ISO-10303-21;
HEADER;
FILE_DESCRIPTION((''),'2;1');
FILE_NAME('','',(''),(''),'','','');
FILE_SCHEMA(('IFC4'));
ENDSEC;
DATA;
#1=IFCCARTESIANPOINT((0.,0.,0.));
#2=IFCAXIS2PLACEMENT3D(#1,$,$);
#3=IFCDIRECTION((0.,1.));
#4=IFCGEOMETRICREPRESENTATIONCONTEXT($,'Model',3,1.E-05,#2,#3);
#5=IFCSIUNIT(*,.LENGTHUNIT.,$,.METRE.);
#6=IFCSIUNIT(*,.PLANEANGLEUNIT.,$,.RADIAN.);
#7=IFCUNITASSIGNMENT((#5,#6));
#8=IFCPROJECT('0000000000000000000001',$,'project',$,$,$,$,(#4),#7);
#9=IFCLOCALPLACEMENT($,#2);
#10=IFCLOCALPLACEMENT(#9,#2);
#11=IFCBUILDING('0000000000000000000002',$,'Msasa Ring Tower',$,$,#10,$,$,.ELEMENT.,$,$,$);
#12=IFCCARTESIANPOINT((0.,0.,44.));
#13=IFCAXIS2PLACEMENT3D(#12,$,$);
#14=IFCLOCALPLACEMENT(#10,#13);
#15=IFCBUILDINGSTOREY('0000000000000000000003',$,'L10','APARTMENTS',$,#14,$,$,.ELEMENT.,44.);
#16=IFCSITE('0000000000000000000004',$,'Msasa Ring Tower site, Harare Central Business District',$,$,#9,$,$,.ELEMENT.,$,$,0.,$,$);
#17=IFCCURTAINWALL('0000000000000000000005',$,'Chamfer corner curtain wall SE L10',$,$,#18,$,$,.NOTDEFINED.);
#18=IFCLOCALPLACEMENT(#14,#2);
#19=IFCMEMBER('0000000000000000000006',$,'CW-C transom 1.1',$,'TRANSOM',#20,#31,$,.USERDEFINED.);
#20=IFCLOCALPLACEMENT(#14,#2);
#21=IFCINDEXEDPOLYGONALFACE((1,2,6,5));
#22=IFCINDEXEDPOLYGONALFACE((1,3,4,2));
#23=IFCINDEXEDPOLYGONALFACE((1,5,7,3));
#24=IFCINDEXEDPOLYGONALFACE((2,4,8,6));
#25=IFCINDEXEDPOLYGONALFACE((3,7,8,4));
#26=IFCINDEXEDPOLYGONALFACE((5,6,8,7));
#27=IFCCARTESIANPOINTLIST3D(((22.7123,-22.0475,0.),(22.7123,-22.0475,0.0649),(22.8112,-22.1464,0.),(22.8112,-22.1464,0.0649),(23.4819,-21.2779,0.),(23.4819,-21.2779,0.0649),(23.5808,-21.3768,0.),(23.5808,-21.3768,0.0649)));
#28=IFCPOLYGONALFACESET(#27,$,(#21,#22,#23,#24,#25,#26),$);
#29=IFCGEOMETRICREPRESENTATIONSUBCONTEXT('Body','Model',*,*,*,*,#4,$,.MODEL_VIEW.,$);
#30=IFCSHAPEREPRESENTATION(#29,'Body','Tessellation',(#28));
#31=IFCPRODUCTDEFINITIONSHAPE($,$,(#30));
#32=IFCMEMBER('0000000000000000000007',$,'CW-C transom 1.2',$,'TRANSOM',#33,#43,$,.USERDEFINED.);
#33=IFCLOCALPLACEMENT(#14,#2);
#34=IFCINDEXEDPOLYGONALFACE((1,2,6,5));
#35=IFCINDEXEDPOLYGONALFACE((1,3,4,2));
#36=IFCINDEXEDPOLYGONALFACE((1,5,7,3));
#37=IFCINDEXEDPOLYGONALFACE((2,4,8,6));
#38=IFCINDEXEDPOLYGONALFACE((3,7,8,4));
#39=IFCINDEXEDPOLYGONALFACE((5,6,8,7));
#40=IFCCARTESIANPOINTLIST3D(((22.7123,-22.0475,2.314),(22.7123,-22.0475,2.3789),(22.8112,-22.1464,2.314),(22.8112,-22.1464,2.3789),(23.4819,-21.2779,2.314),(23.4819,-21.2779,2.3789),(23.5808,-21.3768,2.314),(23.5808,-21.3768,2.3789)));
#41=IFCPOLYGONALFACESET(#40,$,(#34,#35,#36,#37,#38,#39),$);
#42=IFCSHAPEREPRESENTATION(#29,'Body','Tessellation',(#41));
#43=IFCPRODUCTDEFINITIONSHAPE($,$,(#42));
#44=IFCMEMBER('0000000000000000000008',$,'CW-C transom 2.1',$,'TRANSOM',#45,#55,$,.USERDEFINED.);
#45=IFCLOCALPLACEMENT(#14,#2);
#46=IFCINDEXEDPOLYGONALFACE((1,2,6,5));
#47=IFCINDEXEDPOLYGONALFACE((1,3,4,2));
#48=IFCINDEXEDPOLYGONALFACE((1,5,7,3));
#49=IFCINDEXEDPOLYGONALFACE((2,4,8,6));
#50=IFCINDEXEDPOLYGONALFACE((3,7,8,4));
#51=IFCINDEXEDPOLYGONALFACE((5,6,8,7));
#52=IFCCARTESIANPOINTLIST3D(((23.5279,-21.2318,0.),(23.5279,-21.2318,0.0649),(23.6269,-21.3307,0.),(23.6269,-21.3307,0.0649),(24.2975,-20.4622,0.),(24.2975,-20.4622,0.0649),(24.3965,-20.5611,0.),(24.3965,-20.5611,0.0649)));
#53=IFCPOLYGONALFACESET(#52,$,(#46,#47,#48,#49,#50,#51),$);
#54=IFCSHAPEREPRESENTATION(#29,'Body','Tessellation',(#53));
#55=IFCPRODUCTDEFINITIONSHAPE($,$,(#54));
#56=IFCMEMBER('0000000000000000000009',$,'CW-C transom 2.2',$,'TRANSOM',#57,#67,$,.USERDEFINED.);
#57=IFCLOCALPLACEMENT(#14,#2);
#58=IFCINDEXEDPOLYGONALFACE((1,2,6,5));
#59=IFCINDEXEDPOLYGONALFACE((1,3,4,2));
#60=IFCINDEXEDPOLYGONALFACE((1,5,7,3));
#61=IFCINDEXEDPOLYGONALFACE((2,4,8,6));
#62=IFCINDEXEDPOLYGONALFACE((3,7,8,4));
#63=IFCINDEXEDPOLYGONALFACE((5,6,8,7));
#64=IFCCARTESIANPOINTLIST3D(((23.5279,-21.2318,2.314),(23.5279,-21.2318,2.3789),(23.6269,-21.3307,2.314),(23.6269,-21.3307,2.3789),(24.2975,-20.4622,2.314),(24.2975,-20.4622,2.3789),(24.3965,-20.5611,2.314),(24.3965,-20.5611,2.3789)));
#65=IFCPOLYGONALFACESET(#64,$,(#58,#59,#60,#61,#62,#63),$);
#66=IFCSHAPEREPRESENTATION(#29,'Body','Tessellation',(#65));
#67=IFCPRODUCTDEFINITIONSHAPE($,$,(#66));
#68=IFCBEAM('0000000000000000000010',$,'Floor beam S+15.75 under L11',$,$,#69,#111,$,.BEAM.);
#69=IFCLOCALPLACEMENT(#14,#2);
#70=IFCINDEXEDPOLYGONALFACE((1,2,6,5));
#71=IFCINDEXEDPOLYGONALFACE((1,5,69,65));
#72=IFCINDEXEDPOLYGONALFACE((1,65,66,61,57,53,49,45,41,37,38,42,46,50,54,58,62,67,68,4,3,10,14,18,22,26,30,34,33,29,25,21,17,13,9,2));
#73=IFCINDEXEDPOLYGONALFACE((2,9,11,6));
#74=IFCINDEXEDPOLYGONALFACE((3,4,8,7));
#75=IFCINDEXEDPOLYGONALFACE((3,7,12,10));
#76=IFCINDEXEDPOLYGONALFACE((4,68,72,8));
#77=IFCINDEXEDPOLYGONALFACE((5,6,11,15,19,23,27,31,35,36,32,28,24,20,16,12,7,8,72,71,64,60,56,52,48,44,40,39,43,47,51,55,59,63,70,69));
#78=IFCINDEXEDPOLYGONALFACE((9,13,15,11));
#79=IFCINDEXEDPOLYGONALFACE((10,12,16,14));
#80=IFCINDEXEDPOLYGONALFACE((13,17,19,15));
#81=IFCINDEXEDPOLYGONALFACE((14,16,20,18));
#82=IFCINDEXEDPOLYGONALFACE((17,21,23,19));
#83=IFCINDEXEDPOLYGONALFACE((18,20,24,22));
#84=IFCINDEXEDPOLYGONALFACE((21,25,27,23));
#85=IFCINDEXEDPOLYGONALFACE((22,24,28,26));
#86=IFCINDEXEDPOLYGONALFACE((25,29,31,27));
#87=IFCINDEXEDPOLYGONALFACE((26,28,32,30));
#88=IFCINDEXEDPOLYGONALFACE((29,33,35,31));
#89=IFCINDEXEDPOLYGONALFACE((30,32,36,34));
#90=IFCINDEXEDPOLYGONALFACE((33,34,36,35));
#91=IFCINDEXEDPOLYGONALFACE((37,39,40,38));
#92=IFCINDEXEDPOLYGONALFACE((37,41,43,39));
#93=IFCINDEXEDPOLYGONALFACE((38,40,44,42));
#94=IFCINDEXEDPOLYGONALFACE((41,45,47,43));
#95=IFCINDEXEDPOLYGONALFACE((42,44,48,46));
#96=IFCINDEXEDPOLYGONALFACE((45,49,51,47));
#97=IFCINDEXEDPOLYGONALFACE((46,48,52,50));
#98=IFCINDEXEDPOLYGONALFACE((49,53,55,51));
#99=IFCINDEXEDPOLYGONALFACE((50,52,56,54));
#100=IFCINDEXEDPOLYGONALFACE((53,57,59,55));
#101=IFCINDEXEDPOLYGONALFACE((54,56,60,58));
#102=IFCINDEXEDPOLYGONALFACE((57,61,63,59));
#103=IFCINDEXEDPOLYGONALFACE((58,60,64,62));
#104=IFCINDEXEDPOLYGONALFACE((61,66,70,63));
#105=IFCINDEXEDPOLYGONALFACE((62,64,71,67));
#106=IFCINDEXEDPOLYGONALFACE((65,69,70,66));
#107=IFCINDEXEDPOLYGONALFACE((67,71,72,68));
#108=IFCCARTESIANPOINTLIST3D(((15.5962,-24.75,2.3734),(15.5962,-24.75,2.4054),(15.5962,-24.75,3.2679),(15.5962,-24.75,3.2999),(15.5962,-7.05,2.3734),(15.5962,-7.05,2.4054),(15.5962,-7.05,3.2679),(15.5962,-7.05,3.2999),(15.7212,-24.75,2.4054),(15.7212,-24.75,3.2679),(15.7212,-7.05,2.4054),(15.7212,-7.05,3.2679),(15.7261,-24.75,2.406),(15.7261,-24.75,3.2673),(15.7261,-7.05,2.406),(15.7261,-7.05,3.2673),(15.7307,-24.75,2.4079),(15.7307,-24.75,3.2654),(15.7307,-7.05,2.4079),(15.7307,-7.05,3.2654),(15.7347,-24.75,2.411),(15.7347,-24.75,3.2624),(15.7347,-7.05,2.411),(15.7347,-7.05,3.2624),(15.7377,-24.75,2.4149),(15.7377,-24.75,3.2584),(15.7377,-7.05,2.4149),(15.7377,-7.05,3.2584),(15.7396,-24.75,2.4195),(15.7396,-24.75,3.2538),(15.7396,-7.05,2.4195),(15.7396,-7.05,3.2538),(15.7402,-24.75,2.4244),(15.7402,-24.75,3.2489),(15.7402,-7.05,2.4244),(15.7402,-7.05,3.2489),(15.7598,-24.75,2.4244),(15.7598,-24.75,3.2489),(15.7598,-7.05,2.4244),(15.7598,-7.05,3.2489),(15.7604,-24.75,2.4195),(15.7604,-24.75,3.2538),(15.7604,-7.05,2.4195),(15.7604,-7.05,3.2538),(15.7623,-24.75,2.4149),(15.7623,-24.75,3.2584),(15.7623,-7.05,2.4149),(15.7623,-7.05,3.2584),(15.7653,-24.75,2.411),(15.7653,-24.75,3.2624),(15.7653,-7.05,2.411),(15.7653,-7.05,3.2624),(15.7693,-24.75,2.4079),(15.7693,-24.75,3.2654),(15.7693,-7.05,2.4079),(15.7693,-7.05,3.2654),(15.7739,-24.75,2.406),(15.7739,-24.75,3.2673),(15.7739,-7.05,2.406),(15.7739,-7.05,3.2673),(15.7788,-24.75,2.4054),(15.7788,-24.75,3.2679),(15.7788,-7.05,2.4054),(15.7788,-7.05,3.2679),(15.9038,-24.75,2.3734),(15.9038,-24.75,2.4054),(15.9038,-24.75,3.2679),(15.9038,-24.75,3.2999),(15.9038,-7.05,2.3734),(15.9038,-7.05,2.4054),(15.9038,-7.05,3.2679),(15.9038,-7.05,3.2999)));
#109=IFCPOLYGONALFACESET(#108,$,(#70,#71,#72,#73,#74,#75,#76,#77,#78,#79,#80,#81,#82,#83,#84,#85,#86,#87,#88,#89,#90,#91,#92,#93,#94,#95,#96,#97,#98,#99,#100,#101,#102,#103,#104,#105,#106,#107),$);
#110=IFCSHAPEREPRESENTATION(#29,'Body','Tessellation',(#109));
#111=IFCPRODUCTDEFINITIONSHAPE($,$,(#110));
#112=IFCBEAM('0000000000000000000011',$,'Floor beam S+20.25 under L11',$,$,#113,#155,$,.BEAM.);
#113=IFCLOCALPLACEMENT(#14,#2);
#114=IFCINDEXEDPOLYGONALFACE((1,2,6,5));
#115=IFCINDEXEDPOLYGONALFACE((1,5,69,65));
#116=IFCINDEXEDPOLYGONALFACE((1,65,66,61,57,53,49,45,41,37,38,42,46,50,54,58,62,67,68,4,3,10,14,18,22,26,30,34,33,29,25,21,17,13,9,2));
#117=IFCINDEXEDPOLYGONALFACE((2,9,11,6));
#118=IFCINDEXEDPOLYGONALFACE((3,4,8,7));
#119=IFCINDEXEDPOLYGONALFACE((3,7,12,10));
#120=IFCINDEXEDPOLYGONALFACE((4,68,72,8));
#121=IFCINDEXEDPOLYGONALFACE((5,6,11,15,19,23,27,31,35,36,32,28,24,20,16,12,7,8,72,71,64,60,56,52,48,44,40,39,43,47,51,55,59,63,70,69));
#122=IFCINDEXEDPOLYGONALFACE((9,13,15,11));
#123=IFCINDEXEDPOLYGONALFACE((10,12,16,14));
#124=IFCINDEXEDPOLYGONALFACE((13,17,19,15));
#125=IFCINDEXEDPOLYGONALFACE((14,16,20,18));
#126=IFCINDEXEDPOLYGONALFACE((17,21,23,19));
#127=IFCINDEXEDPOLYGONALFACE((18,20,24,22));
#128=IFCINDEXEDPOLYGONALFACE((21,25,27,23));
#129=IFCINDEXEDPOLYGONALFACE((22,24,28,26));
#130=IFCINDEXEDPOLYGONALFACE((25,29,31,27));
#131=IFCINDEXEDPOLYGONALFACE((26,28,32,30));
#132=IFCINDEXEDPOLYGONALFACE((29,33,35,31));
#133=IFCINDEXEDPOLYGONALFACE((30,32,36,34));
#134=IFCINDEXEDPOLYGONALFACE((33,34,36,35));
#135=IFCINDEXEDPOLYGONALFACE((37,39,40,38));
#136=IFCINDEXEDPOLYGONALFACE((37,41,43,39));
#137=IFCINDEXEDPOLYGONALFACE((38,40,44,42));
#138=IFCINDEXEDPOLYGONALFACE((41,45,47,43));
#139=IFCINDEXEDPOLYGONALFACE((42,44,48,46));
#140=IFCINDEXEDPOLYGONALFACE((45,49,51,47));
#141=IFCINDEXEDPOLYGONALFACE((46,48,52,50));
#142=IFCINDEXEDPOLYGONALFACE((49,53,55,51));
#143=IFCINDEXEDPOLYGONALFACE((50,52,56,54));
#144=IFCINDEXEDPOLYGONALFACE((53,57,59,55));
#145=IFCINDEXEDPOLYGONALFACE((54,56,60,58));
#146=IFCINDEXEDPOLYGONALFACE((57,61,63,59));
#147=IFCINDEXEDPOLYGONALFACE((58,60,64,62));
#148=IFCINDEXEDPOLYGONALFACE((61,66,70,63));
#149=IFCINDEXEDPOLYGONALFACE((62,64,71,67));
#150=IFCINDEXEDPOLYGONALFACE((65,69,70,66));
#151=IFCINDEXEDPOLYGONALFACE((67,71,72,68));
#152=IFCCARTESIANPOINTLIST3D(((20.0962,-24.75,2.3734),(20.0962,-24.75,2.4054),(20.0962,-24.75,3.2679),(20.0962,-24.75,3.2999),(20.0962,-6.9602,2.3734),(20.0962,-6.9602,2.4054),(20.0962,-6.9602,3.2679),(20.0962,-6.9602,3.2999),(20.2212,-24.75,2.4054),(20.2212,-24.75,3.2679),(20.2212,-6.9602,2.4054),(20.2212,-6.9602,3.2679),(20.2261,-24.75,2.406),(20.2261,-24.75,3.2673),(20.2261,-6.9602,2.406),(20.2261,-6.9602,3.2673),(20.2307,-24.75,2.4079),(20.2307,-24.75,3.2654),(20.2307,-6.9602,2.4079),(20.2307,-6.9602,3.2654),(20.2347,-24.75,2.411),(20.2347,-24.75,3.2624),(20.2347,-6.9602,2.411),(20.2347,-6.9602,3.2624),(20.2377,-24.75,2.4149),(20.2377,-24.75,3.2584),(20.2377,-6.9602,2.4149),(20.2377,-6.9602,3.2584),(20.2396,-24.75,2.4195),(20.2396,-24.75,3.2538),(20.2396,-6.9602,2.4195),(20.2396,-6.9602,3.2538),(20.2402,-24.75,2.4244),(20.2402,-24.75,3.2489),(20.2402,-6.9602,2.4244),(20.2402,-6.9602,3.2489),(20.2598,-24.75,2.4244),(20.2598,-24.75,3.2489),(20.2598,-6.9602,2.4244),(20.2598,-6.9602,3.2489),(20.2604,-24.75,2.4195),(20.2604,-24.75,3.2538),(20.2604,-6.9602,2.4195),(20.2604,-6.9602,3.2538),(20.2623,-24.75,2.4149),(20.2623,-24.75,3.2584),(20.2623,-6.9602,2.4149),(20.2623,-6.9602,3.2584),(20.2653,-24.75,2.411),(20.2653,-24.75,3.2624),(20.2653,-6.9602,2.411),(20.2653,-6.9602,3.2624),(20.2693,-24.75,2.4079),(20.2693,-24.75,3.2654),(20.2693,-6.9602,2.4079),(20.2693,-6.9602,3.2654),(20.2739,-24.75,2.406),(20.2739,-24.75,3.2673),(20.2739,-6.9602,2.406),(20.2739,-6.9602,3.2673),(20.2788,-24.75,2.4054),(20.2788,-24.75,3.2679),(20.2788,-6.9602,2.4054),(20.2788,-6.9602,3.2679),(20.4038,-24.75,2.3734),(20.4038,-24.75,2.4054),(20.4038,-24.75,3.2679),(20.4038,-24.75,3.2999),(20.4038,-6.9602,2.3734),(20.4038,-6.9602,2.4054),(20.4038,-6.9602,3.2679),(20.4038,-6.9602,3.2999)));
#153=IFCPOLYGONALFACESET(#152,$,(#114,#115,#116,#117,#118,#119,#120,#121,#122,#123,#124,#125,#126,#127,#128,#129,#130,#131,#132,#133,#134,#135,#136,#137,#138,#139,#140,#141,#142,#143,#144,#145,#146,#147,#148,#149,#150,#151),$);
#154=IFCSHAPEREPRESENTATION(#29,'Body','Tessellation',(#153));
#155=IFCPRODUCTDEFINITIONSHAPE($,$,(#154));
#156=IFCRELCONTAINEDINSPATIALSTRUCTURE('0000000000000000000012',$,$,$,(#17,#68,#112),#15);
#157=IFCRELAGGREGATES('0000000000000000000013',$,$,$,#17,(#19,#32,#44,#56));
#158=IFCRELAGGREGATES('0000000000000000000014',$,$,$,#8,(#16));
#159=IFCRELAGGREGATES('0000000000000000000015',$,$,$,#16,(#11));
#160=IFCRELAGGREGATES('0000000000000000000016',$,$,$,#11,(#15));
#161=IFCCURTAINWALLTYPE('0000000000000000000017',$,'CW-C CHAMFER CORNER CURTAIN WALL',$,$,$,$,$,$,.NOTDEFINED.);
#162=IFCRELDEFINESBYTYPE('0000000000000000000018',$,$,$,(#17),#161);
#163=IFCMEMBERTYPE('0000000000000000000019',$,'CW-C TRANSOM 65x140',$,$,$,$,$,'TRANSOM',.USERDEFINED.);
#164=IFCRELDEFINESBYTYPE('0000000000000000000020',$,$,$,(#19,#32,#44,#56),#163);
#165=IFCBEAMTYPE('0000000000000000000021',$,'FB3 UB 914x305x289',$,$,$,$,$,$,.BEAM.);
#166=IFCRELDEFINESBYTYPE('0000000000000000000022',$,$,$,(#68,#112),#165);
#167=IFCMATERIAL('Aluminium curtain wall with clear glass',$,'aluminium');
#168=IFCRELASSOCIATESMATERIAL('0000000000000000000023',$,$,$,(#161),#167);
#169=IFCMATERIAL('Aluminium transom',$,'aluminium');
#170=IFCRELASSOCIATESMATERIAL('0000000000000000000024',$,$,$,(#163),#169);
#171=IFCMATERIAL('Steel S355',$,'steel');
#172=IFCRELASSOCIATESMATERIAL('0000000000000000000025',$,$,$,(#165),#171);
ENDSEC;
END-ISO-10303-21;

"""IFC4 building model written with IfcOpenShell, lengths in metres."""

from ifc_helpers import new_model, si_unit, direction, frame, origin, origin_2d, place, context, subcontext, project, spatial, rectangle, i_section, extrude, material, material_profile, profile_set, type_object, element, aggregate, save


model = new_model("IFC4")

# Units and contexts
model_context = context("Model", 3, precision=1e-05, world=origin(), true_north=direction((0.0, 1.0)))
body_context = subcontext(model_context, "Body", "Model", "MODEL_VIEW")
ifc_project = project(units=[si_unit("LENGTHUNIT", "METRE"), si_unit("PLANEANGLEUNIT", "RADIAN")], contexts=[model_context])

# Site, building, storey
site_placement = place(None, origin())
site = spatial("IfcSite", under=ifc_project, at=site_placement, Name="Msasa Ring Tower site, Harare Central Business District", CompositionType="ELEMENT", RefElevation=0.0)
building_placement = place(site_placement, origin())
building = spatial("IfcBuilding", under=site, at=building_placement, Name="Msasa Ring Tower", CompositionType="ELEMENT")
storey_placement = place(building_placement, frame((0.0, 0.0, 44.0)))
storey = spatial("IfcBuildingStorey", under=building, at=storey_placement, Name="L10", Description="APARTMENTS", CompositionType="ELEMENT", Elevation=44.0)

# Curtain wall
ifc_material_1 = material(Name="Aluminium curtain wall with clear glass", Category="aluminium")
curtain_wall_type = type_object("IfcCurtainWallType", Name="CW-C CHAMFER CORNER CURTAIN WALL", PredefinedType="NOTDEFINED", material=ifc_material_1)
curtain_wall_1_placement = place(storey_placement, origin())
curtain_wall_1 = element("IfcCurtainWall", 1, at=curtain_wall_1_placement, inside=storey, type_object=curtain_wall_type, Name="Chamfer corner curtain wall SE L10", PredefinedType="NOTDEFINED")

# Members
ifc_material_2 = material(Name="Aluminium transom", Category="aluminium")
ifc_material_profile_1 = material_profile(ifc_material_2, rectangle(XDim=0.1399, YDim=0.0649, at=origin_2d()), Name="AL 65x140")
ifc_profile_set_1 = profile_set([ifc_material_profile_1], Name="Aluminium transom")
member_type_1 = type_object("IfcMemberType", Name="CW-C TRANSOM 65x140", ElementType="TRANSOM", PredefinedType="USERDEFINED", material=ifc_profile_set_1)
member_1_placement = place(storey_placement, frame((22.7617, -22.0969, 0.0325), z_axis=(0.707107, 0.707107, 0.0), x_axis=(-0.707107, 0.707107, 0.0)))
member_1 = element("IfcMember", 2, at=member_1_placement, type_object=member_type_1, Name="CW-C transom 1.1", ObjectType="TRANSOM", PredefinedType="USERDEFINED", context=body_context, shape_type="SweptSolid", body=[
    extrude(rectangle(XDim=0.1399, YDim=0.0649, at=origin_2d()), origin(), (0.0, 0.0, 1.0), 1.0884),
])
member_2_placement = place(storey_placement, frame((22.7617, -22.0969, 2.3464), z_axis=(0.707107, 0.707107, 0.0), x_axis=(-0.707107, 0.707107, 0.0)))
member_2 = element("IfcMember", 3, at=member_2_placement, type_object=member_type_1, Name="CW-C transom 1.2", ObjectType="TRANSOM", PredefinedType="USERDEFINED", context=body_context, shape_type="SweptSolid", body=[
    extrude(rectangle(XDim=0.1399, YDim=0.0649, at=origin_2d()), origin(), (0.0, 0.0, 1.0), 1.0884),
])
member_3_placement = place(storey_placement, frame((23.5774, -21.2812, 0.0325), z_axis=(0.707107, 0.707107, 0.0), x_axis=(-0.707107, 0.707107, 0.0)))
member_3 = element("IfcMember", 4, at=member_3_placement, type_object=member_type_1, Name="CW-C transom 2.1", ObjectType="TRANSOM", PredefinedType="USERDEFINED", context=body_context, shape_type="SweptSolid", body=[
    extrude(rectangle(XDim=0.1399, YDim=0.0649, at=origin_2d()), origin(), (0.0, 0.0, 1.0), 1.0884),
])
member_4_placement = place(storey_placement, frame((23.5774, -21.2812, 2.3464), z_axis=(0.707107, 0.707107, 0.0), x_axis=(-0.707107, 0.707107, 0.0)))
member_4 = element("IfcMember", 5, at=member_4_placement, type_object=member_type_1, Name="CW-C transom 2.2", ObjectType="TRANSOM", PredefinedType="USERDEFINED", context=body_context, shape_type="SweptSolid", body=[
    extrude(rectangle(XDim=0.1399, YDim=0.0649, at=origin_2d()), origin(), (0.0, 0.0, 1.0), 1.0884),
])

# Beams
ifc_material_3 = material(Name="Steel S355", Category="steel")
ifc_material_profile_2 = material_profile(ifc_material_3, i_section(OverallWidth=0.3076, OverallDepth=0.9265, WebThickness=0.0195, FlangeThickness=0.032, FilletRadius=0.019, at=origin_2d()), Name="UB 914x305x289")
ifc_profile_set_2 = profile_set([ifc_material_profile_2], Name="Steel S355")
beam_type_1 = type_object("IfcBeamType", Name="FB3 UB 914x305x289", PredefinedType="BEAM", material=ifc_profile_set_2)
beam_1_placement = place(storey_placement, frame((15.75, -24.75, 2.8367), z_axis=(0.0, 1.0, 0.0), x_axis=(-1.0, 0.0, 0.0)))
element("IfcBeam", 6, at=beam_1_placement, inside=storey, type_object=beam_type_1, Name="Floor beam S+15.75 under L11", PredefinedType="BEAM", context=body_context, shape_type="SweptSolid", body=[
    extrude(i_section(OverallWidth=0.3076, OverallDepth=0.9265, WebThickness=0.0195, FlangeThickness=0.032, FilletRadius=0.019, at=origin_2d()), origin(), (0.0, 0.0, 1.0), 17.7),
])
beam_2_placement = place(storey_placement, frame((20.25, -24.75, 2.8367), z_axis=(0.0, 1.0, 0.0), x_axis=(-1.0, 0.0, 0.0)))
element("IfcBeam", 7, at=beam_2_placement, inside=storey, type_object=beam_type_1, Name="Floor beam S+20.25 under L11", PredefinedType="BEAM", context=body_context, shape_type="SweptSolid", body=[
    extrude(i_section(OverallWidth=0.3076, OverallDepth=0.9265, WebThickness=0.0195, FlangeThickness=0.032, FilletRadius=0.019, at=origin_2d()), origin(), (0.0, 0.0, 1.0), 17.7898),
])

aggregate(curtain_wall_1, [member_1, member_2, member_3, member_4])

save(model, "model.ifc")
